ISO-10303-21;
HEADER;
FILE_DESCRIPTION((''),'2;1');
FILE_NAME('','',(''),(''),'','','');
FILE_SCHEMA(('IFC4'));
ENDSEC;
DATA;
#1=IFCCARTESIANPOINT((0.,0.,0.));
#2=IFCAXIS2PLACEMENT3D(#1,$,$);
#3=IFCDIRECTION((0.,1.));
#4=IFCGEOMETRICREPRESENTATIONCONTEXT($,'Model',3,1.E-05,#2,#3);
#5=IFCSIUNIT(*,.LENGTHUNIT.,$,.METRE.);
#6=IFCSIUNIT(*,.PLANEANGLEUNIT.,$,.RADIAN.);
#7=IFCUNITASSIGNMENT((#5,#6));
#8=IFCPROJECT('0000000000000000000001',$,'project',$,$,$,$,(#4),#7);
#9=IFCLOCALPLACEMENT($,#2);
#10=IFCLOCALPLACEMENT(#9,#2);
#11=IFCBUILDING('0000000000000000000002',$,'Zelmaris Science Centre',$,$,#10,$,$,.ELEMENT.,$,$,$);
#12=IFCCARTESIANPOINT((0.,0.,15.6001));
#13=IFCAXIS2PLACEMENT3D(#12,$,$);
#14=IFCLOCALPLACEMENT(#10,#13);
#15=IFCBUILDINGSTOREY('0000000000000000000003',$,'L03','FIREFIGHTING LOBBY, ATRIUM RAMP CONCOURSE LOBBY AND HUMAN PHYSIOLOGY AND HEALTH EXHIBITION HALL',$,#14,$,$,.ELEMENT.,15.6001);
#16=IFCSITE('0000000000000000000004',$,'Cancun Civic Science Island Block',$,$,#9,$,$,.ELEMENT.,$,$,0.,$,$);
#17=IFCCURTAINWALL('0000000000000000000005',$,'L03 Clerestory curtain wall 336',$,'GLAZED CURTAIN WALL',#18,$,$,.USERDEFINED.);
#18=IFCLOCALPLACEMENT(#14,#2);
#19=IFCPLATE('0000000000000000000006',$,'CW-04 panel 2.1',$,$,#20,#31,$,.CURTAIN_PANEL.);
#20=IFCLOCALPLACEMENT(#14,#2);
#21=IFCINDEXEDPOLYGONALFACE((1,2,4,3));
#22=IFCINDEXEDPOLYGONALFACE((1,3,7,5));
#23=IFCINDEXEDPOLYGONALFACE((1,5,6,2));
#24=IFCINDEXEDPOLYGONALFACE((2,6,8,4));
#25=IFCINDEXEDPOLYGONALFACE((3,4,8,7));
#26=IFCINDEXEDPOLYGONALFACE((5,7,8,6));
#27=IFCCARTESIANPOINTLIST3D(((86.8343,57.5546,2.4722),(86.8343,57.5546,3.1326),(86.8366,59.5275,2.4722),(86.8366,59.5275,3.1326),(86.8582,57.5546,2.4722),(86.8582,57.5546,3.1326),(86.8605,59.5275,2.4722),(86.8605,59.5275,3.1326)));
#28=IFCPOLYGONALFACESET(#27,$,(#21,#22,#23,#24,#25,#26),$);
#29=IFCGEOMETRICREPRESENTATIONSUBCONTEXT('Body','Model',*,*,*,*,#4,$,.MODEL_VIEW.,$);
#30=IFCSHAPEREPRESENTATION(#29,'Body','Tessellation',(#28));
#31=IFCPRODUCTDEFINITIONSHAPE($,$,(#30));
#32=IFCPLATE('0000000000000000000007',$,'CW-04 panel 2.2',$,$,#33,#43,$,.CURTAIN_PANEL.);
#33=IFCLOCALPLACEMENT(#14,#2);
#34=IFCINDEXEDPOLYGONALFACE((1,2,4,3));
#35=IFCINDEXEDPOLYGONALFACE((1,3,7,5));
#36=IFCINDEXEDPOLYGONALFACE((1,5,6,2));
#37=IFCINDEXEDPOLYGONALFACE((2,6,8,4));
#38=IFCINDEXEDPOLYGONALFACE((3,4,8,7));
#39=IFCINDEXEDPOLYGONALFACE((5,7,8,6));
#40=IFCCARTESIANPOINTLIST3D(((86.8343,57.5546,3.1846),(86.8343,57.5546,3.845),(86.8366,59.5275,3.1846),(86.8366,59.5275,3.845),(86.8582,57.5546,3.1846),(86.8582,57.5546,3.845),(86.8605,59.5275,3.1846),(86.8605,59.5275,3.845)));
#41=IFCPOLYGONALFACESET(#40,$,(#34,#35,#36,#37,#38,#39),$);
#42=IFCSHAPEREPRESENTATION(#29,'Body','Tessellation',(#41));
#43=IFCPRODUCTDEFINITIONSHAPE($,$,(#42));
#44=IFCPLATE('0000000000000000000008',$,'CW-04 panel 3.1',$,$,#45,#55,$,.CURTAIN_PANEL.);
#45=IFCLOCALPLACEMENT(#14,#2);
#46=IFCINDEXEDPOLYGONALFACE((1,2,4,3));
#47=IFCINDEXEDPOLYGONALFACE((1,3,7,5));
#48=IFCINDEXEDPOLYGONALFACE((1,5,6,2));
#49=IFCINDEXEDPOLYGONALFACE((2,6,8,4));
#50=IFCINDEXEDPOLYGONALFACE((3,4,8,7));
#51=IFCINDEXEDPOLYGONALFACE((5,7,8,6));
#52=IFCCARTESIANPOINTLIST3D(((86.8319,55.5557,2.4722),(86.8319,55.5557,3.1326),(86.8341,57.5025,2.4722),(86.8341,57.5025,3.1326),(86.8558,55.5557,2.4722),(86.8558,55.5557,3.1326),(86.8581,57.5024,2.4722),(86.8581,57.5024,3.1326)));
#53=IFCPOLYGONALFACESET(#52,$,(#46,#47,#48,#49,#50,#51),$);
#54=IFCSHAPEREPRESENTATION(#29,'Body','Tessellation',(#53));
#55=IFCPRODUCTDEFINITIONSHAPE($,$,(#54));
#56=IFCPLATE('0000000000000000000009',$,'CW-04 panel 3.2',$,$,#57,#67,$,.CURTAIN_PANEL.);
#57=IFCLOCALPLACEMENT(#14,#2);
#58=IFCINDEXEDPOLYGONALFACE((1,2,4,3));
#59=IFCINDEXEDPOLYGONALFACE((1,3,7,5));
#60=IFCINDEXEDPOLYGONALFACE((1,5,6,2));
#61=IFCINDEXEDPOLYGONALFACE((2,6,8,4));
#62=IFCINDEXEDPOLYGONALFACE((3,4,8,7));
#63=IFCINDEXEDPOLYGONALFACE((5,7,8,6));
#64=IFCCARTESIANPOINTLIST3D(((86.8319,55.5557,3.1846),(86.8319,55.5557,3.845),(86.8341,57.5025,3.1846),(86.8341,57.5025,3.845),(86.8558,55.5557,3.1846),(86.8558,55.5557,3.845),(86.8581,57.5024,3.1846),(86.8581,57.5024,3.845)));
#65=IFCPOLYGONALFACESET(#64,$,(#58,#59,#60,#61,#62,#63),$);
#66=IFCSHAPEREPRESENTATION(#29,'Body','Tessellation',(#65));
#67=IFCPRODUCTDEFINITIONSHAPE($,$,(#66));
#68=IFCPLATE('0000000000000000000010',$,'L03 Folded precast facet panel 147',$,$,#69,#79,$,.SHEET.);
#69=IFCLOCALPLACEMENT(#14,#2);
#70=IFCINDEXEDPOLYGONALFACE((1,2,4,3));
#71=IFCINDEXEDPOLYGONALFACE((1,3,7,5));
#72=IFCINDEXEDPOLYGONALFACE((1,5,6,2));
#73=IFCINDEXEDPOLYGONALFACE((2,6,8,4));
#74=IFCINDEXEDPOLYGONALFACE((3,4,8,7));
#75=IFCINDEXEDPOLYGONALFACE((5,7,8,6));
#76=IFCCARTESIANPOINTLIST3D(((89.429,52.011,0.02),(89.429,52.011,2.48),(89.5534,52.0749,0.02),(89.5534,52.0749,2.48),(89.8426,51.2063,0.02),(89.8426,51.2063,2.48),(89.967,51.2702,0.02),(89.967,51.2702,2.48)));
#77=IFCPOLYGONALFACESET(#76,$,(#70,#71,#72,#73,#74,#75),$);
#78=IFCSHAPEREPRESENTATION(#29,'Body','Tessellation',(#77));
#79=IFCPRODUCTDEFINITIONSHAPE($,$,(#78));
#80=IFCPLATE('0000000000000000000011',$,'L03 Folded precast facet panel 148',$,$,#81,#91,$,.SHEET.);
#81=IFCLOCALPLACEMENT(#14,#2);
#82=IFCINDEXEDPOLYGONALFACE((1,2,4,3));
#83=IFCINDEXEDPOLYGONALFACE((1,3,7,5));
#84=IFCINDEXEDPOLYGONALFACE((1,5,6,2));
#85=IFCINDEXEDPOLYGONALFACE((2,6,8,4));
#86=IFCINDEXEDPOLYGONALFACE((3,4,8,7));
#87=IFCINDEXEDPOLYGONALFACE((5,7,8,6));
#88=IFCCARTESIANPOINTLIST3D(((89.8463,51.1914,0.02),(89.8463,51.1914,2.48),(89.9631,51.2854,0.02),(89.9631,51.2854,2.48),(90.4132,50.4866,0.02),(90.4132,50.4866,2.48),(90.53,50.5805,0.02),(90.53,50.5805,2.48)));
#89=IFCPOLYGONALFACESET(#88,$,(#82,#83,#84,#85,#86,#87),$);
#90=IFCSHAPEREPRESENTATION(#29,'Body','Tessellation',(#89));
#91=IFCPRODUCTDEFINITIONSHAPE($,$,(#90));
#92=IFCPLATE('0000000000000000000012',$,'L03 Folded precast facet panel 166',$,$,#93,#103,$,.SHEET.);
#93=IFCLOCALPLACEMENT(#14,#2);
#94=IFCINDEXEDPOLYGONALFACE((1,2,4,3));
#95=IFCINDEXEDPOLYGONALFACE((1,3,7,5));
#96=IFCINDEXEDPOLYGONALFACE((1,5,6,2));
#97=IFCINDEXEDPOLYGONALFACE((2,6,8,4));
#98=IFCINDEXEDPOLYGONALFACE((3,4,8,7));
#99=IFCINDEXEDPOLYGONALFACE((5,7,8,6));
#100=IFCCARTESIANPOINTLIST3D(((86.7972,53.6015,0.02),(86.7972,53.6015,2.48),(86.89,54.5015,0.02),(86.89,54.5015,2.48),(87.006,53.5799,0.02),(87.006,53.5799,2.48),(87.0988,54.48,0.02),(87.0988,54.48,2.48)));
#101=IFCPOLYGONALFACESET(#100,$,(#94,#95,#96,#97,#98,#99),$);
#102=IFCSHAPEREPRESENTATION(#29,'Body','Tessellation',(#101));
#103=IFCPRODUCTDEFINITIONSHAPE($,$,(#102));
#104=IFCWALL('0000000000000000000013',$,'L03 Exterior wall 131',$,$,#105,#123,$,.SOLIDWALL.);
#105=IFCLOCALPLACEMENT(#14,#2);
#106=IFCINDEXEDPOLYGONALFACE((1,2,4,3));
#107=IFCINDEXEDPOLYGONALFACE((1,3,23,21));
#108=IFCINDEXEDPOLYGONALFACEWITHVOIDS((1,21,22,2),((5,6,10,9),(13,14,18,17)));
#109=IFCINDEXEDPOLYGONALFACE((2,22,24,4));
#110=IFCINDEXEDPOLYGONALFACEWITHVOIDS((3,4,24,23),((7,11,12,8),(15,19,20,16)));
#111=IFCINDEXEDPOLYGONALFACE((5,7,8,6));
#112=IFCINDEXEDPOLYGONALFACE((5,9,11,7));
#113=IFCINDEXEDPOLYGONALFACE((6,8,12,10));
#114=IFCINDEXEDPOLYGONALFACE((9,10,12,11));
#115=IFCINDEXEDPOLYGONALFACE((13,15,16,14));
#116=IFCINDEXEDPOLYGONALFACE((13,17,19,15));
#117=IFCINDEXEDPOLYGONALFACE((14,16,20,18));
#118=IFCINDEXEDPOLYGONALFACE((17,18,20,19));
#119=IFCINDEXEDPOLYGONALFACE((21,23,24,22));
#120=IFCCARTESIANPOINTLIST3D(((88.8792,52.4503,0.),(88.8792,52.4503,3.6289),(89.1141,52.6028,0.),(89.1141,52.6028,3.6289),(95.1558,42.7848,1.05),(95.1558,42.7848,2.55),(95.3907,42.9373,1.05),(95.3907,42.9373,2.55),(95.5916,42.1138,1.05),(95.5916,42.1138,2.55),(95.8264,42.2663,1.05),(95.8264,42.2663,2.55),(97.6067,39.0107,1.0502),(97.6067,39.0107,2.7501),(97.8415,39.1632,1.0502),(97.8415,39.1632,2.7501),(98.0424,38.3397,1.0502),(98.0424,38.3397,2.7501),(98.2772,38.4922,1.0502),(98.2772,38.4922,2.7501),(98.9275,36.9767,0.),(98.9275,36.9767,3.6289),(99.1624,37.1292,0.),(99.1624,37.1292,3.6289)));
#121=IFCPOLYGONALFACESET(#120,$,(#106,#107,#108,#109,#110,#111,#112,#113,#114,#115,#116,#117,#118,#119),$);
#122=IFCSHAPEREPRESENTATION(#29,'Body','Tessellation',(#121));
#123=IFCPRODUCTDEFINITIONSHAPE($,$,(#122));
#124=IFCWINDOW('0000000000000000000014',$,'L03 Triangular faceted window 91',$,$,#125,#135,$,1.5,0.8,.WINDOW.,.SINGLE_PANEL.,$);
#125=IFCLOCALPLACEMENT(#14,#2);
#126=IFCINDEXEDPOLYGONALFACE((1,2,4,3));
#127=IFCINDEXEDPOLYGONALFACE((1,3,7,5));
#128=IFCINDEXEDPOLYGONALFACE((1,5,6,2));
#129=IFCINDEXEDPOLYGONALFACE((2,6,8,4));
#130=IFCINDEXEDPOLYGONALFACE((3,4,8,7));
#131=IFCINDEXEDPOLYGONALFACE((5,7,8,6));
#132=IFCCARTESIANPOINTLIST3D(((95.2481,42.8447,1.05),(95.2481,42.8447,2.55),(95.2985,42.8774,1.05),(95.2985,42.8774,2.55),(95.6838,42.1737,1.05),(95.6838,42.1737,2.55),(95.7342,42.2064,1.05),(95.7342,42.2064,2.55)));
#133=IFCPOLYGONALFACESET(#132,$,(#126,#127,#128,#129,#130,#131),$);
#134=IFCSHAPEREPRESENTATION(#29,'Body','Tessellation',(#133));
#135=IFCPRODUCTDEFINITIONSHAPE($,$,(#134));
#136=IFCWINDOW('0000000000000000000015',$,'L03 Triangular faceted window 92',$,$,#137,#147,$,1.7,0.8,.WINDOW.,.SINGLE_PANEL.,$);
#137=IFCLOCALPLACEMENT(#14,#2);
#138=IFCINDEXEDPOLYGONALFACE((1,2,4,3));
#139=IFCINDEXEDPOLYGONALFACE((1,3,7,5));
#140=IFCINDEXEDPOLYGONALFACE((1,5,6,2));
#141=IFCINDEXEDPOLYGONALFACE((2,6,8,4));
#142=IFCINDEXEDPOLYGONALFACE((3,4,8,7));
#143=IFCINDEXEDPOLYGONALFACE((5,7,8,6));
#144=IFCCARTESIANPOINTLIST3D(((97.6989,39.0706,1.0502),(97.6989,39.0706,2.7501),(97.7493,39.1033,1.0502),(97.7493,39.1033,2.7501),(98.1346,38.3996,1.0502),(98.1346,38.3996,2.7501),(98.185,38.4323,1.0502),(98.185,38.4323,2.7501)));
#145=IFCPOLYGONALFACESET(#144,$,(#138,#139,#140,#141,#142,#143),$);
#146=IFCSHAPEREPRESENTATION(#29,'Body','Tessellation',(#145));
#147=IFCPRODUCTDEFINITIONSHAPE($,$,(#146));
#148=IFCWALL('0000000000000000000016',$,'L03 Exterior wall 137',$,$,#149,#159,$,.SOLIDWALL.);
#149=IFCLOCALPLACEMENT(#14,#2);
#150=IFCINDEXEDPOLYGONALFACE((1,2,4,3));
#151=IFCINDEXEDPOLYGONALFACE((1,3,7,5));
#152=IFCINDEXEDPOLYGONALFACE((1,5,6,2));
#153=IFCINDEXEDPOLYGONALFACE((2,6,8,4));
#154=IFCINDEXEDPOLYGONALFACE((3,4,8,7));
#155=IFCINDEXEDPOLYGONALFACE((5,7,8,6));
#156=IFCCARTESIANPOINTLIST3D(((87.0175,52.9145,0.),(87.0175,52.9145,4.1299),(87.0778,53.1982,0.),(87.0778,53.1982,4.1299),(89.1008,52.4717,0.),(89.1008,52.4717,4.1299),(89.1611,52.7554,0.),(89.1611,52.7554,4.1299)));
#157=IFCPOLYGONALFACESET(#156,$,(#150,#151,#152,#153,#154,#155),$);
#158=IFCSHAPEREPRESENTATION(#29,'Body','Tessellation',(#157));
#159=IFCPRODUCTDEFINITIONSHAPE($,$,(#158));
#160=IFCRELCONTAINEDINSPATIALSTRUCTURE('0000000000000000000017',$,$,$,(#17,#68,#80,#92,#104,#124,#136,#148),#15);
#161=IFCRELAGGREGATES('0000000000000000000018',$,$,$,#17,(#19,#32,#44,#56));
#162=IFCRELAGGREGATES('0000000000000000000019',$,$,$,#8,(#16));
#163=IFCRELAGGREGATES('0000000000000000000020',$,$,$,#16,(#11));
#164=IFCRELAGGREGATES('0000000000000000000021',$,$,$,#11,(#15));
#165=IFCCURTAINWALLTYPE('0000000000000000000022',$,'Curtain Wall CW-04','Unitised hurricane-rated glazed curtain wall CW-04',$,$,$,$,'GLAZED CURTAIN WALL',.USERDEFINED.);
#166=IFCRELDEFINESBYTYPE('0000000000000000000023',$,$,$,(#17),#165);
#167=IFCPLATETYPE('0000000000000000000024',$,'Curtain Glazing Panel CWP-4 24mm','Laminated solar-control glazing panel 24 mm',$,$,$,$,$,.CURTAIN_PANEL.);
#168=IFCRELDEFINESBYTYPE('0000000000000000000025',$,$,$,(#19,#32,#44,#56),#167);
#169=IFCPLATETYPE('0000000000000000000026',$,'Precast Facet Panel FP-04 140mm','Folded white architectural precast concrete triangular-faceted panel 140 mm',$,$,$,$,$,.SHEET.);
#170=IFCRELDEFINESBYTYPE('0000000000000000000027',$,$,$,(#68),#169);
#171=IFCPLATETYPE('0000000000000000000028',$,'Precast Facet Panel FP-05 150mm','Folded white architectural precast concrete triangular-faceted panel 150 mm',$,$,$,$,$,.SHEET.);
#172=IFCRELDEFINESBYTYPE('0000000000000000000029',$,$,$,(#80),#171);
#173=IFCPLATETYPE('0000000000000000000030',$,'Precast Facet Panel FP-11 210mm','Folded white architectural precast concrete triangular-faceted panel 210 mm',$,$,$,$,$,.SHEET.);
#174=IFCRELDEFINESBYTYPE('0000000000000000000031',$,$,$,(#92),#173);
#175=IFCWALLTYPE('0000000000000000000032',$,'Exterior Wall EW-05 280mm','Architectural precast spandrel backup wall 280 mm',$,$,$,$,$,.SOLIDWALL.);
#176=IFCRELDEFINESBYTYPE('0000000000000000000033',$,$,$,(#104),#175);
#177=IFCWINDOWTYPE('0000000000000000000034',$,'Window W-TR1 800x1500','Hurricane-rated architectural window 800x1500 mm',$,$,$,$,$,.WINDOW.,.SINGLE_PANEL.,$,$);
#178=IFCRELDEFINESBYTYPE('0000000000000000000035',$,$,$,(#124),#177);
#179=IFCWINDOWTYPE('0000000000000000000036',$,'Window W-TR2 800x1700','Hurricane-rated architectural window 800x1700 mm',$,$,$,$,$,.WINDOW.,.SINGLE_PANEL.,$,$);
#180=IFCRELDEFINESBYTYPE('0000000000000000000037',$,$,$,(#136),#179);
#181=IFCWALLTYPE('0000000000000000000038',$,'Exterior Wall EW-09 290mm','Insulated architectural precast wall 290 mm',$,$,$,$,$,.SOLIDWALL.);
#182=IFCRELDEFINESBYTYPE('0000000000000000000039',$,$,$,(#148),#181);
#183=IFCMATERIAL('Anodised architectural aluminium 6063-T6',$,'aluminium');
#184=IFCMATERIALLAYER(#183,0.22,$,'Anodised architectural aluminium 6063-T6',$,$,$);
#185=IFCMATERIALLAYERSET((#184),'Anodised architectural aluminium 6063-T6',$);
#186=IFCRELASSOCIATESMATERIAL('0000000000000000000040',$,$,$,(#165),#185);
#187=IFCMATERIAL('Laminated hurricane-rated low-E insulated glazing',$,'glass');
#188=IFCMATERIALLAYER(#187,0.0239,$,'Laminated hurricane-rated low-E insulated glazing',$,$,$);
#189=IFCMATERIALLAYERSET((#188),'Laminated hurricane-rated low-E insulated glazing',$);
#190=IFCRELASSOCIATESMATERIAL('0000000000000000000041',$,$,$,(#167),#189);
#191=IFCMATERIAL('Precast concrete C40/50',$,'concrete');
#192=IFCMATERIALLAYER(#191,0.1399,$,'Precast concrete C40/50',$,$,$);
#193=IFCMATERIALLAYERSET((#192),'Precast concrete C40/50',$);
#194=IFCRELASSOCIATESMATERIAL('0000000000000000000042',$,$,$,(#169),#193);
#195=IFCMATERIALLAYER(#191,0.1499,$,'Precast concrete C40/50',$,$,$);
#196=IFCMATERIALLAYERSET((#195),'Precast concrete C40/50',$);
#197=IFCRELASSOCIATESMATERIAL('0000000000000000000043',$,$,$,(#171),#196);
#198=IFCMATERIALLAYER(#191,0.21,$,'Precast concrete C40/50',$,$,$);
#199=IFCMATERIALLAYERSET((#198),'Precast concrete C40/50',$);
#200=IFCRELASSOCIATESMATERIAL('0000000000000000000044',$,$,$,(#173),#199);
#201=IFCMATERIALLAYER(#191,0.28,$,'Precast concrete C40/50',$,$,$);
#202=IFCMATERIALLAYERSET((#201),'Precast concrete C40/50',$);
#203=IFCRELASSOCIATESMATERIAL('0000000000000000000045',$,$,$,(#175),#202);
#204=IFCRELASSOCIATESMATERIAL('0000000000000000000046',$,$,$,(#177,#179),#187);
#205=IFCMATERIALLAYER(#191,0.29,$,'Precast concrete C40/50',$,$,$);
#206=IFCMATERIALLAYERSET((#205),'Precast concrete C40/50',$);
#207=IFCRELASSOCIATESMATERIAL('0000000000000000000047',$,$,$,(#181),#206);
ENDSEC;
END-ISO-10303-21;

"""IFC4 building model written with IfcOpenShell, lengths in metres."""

from ifc_helpers import new_model, si_unit, direction, frame, frame_2d, origin, origin_2d, place, context, subcontext, project, spatial, rectangle, extrude, material, layer, layer_set, type_object, element, fill, aggregate, save


model = new_model("IFC4")

# Units and contexts
model_context = context("Model", 3, precision=1e-05, world=origin(), true_north=direction((0.0, 1.0)))
body_context = subcontext(model_context, "Body", "Model", "MODEL_VIEW")
ifc_project = project(units=[si_unit("LENGTHUNIT", "METRE"), si_unit("PLANEANGLEUNIT", "RADIAN")], contexts=[model_context])

# Site, building, storey
site_placement = place(None, origin())
site = spatial("IfcSite", under=ifc_project, at=site_placement, Name="Cancun Civic Science Island Block", CompositionType="ELEMENT", RefElevation=0.0)
building_placement = place(site_placement, origin())
building = spatial("IfcBuilding", under=site, at=building_placement, Name="Zelmaris Science Centre", CompositionType="ELEMENT")
storey_placement = place(building_placement, frame((0.0, 0.0, 15.6001)))
storey = spatial("IfcBuildingStorey", under=building, at=storey_placement, Name="L03", Description="FIREFIGHTING LOBBY, ATRIUM RAMP CONCOURSE LOBBY AND HUMAN PHYSIOLOGY AND HEALTH EXHIBITION HALL", CompositionType="ELEMENT", Elevation=15.6001)

# Curtain wall
ifc_material_1 = material(Name="Anodised architectural aluminium 6063-T6", Category="aluminium")
ifc_layer_1 = layer(ifc_material_1, 0.22, Name="Anodised architectural aluminium 6063-T6")
ifc_layer_set_1 = layer_set([ifc_layer_1], Name="Anodised architectural aluminium 6063-T6")
curtain_wall_type = type_object("IfcCurtainWallType", Name="Curtain Wall CW-04", Description="Unitised hurricane-rated glazed curtain wall CW-04", ElementType="GLAZED CURTAIN WALL", PredefinedType="USERDEFINED", material=ifc_layer_set_1)
curtain_wall_placement = place(storey_placement, origin())
curtain_wall = element("IfcCurtainWall", 1, at=curtain_wall_placement, inside=storey, type_object=curtain_wall_type, Name="L03 Clerestory curtain wall 336", ObjectType="GLAZED CURTAIN WALL", PredefinedType="USERDEFINED")

# Plates
ifc_material_2 = material(Name="Laminated hurricane-rated low-E insulated glazing", Category="glass")
ifc_layer_2 = layer(ifc_material_2, 0.0239, Name="Laminated hurricane-rated low-E insulated glazing")
ifc_layer_set_2 = layer_set([ifc_layer_2], Name="Laminated hurricane-rated low-E insulated glazing")
plate_type_1 = type_object("IfcPlateType", Name="Curtain Glazing Panel CWP-4 24mm", Description="Laminated solar-control glazing panel 24 mm", PredefinedType="CURTAIN_PANEL", material=ifc_layer_set_2)
plate_1_placement = place(storey_placement, frame((86.8474, 58.541, 2.4722), z_axis=(0.0, 0.0, 1.0), x_axis=(-0.001148, -0.999999, 0.0)))
plate_1 = element("IfcPlate", 2, at=plate_1_placement, type_object=plate_type_1, Name="CW-04 panel 2.1", PredefinedType="CURTAIN_PANEL", context=body_context, shape_type="SweptSolid", body=[
    extrude(rectangle(XDim=1.9729, YDim=0.0239, at=origin_2d()), origin(), (0.0, 0.0, 1.0), 0.6604),
])
plate_2_placement = place(storey_placement, frame((86.8474, 58.541, 3.1846), z_axis=(0.0, 0.0, 1.0), x_axis=(-0.001148, -0.999999, 0.0)))
plate_2 = element("IfcPlate", 3, at=plate_2_placement, type_object=plate_type_1, Name="CW-04 panel 2.2", PredefinedType="CURTAIN_PANEL", context=body_context, shape_type="SweptSolid", body=[
    extrude(rectangle(XDim=1.9729, YDim=0.0239, at=origin_2d()), origin(), (0.0, 0.0, 1.0), 0.6604),
])
plate_3_placement = place(storey_placement, frame((86.845, 56.5291, 2.4722), z_axis=(0.0, 0.0, 1.0), x_axis=(-0.001148, -0.999999, 0.0)))
plate_3 = element("IfcPlate", 4, at=plate_3_placement, type_object=plate_type_1, Name="CW-04 panel 3.1", PredefinedType="CURTAIN_PANEL", context=body_context, shape_type="SweptSolid", body=[
    extrude(rectangle(XDim=1.9468, YDim=0.0239, at=origin_2d()), origin(), (0.0, 0.0, 1.0), 0.6604),
])
plate_4_placement = place(storey_placement, frame((86.845, 56.5291, 3.1846), z_axis=(0.0, 0.0, 1.0), x_axis=(-0.001148, -0.999999, 0.0)))
plate_4 = element("IfcPlate", 5, at=plate_4_placement, type_object=plate_type_1, Name="CW-04 panel 3.2", PredefinedType="CURTAIN_PANEL", context=body_context, shape_type="SweptSolid", body=[
    extrude(rectangle(XDim=1.9468, YDim=0.0239, at=origin_2d()), origin(), (0.0, 0.0, 1.0), 0.6604),
])
aggregate(curtain_wall, [plate_1, plate_2, plate_3, plate_4])

# Plates
ifc_material_3 = material(Name="Precast concrete C40/50", Category="concrete")
ifc_layer_3 = layer(ifc_material_3, 0.1399, Name="Precast concrete C40/50")
ifc_layer_set_3 = layer_set([ifc_layer_3], Name="Precast concrete C40/50")
plate_type_2 = type_object("IfcPlateType", Name="Precast Facet Panel FP-04 140mm", Description="Folded white architectural precast concrete triangular-faceted panel 140 mm", PredefinedType="SHEET", material=ifc_layer_set_3)
plate_5_placement = place(storey_placement, frame((89.4912, 52.043, 0.02), z_axis=(0.0, 0.0, 1.0), x_axis=(0.457116, -0.889407, 0.0)))
element("IfcPlate", 6, at=plate_5_placement, inside=storey, type_object=plate_type_2, Name="L03 Folded precast facet panel 147", PredefinedType="SHEET", context=body_context, shape_type="SweptSolid", body=[
    extrude(rectangle(XDim=0.9048, YDim=0.1399, at=frame_2d((0.4524, 0.0))), origin(), (0.0, 0.0, 1.0), 2.46),
])
ifc_layer_4 = layer(ifc_material_3, 0.1499, Name="Precast concrete C40/50")
ifc_layer_set_4 = layer_set([ifc_layer_4], Name="Precast concrete C40/50")
plate_type_3 = type_object("IfcPlateType", Name="Precast Facet Panel FP-05 150mm", Description="Folded white architectural precast concrete triangular-faceted panel 150 mm", PredefinedType="SHEET", material=ifc_layer_set_4)
plate_6_placement = place(storey_placement, frame((89.9048, 51.2383, 0.02), z_axis=(0.0, 0.0, 1.0), x_axis=(0.626734, -0.779234, 0.0)))
element("IfcPlate", 7, at=plate_6_placement, inside=storey, type_object=plate_type_3, Name="L03 Folded precast facet panel 148", PredefinedType="SHEET", context=body_context, shape_type="SweptSolid", body=[
    extrude(rectangle(XDim=0.9045, YDim=0.1499, at=frame_2d((0.4521, 0.0))), origin(), (0.0, 0.0, 1.0), 2.46),
])
ifc_layer_5 = layer(ifc_material_3, 0.21, Name="Precast concrete C40/50")
ifc_layer_set_5 = layer_set([ifc_layer_5], Name="Precast concrete C40/50")
plate_type_4 = type_object("IfcPlateType", Name="Precast Facet Panel FP-11 210mm", Description="Folded white architectural precast concrete triangular-faceted panel 210 mm", PredefinedType="SHEET", material=ifc_layer_set_5)
plate_7_placement = place(storey_placement, frame((86.9944, 54.4907, 0.02), z_axis=(0.0, 0.0, 1.0), x_axis=(-0.102549, -0.994728, 0.0)))
element("IfcPlate", 8, at=plate_7_placement, inside=storey, type_object=plate_type_4, Name="L03 Folded precast facet panel 166", PredefinedType="SHEET", context=body_context, shape_type="SweptSolid", body=[
    extrude(rectangle(XDim=0.9048, YDim=0.21, at=frame_2d((0.4524, 0.0))), origin(), (0.0, 0.0, 1.0), 2.46),
])

# Wall, openings, windows
ifc_layer_6 = layer(ifc_material_3, 0.28, Name="Precast concrete C40/50")
ifc_layer_set_6 = layer_set([ifc_layer_6], Name="Precast concrete C40/50")
wall_type_1 = type_object("IfcWallType", Name="Exterior Wall EW-05 280mm", Description="Architectural precast spandrel backup wall 280 mm", PredefinedType="SOLIDWALL", material=ifc_layer_set_6)
wall_1_placement = place(storey_placement, frame((88.9966, 52.5266, 0.0), z_axis=(0.0, 0.0, 1.0), x_axis=(0.544626, -0.838679, 0.0)))
wall_1 = element("IfcWall", 9, at=wall_1_placement, inside=storey, type_object=wall_type_1, Name="L03 Exterior wall 131", PredefinedType="SOLIDWALL", context=body_context, shape_type="SweptSolid", body=[
    extrude(rectangle(XDim=18.45, YDim=0.28, at=frame_2d((9.2251, 0.0))), origin(), (0.0, 0.0, 1.0), 3.6289),
])
opening_1_placement = place(wall_1_placement, frame((11.5249, 0.0, 1.05)))
opening_1 = element("IfcOpeningElement", 10, at=opening_1_placement, cuts=wall_1, PredefinedType="OPENING", context=body_context, shape_type="SweptSolid", body=[
    extrude(rectangle(XDim=0.8, YDim=1.5, at=frame_2d((0.3999, 0.75))), frame((0.0, 0.1499, 0.0), z_axis=(0.0, -1.0, 0.0), x_axis=(1.0, 0.0, 0.0)), (0.0, 0.0, 1.0), 0.3),
])
opening_2_placement = place(wall_1_placement, frame((16.0249, 0.0, 1.05)))
opening_2 = element("IfcOpeningElement", 11, at=opening_2_placement, cuts=wall_1, PredefinedType="OPENING", context=body_context, shape_type="SweptSolid", body=[
    extrude(rectangle(XDim=0.8, YDim=1.7, at=frame_2d((0.3999, 0.8501))), frame((0.0, 0.1499, 0.0), z_axis=(0.0, -1.0, 0.0), x_axis=(1.0, 0.0, 0.0)), (0.0, 0.0, 1.0), 0.3),
])
window_type_1 = type_object("IfcWindowType", Name="Window W-TR1 800x1500", Description="Hurricane-rated architectural window 800x1500 mm", PartitioningType="SINGLE_PANEL", PredefinedType="WINDOW", material=ifc_material_2)
window_1_placement = place(opening_1_placement, origin())
window_1 = element("IfcWindow", 12, at=window_1_placement, inside=storey, type_object=window_type_1, Name="L03 Triangular faceted window 91", OverallHeight=1.5, OverallWidth=0.8, PartitioningType="SINGLE_PANEL", PredefinedType="WINDOW", context=body_context, shape_type="SweptSolid", body=[
    extrude(rectangle(XDim=0.8, YDim=1.5, at=frame_2d((0.3999, 0.75))), frame((0.0, 0.03, 0.0), z_axis=(0.0, -1.0, 0.0), x_axis=(1.0, 0.0, 0.0)), (0.0, 0.0, 1.0), 0.0601),
])
fill(opening_1, window_1)
window_type_2 = type_object("IfcWindowType", Name="Window W-TR2 800x1700", Description="Hurricane-rated architectural window 800x1700 mm", PartitioningType="SINGLE_PANEL", PredefinedType="WINDOW", material=ifc_material_2)
window_2_placement = place(opening_2_placement, origin())
window_2 = element("IfcWindow", 13, at=window_2_placement, inside=storey, type_object=window_type_2, Name="L03 Triangular faceted window 92", OverallHeight=1.7, OverallWidth=0.8, PartitioningType="SINGLE_PANEL", PredefinedType="WINDOW", context=body_context, shape_type="SweptSolid", body=[
    extrude(rectangle(XDim=0.8, YDim=1.7, at=frame_2d((0.3999, 0.8501))), frame((0.0, 0.03, 0.0), z_axis=(0.0, -1.0, 0.0), x_axis=(1.0, 0.0, 0.0)), (0.0, 0.0, 1.0), 0.0601),
])
fill(opening_2, window_2)

# Wall
ifc_layer_7 = layer(ifc_material_3, 0.29, Name="Precast concrete C40/50")
ifc_layer_set_7 = layer_set([ifc_layer_7], Name="Precast concrete C40/50")
wall_type_2 = type_object("IfcWallType", Name="Exterior Wall EW-09 290mm", Description="Insulated architectural precast wall 290 mm", PredefinedType="SOLIDWALL", material=ifc_layer_set_7)
wall_2_placement = place(storey_placement, frame((87.0476, 53.0564, 0.0), z_axis=(0.0, 0.0, 1.0), x_axis=(0.978142, -0.20794, 0.0)))
element("IfcWall", 14, at=wall_2_placement, inside=storey, type_object=wall_type_2, Name="L03 Exterior wall 137", PredefinedType="SOLIDWALL", context=body_context, shape_type="SweptSolid", body=[
    extrude(rectangle(XDim=2.1299, YDim=0.29, at=frame_2d((1.0649, 0.0))), origin(), (0.0, 0.0, 1.0), 4.1299),
])

save(model, "model.ifc")
